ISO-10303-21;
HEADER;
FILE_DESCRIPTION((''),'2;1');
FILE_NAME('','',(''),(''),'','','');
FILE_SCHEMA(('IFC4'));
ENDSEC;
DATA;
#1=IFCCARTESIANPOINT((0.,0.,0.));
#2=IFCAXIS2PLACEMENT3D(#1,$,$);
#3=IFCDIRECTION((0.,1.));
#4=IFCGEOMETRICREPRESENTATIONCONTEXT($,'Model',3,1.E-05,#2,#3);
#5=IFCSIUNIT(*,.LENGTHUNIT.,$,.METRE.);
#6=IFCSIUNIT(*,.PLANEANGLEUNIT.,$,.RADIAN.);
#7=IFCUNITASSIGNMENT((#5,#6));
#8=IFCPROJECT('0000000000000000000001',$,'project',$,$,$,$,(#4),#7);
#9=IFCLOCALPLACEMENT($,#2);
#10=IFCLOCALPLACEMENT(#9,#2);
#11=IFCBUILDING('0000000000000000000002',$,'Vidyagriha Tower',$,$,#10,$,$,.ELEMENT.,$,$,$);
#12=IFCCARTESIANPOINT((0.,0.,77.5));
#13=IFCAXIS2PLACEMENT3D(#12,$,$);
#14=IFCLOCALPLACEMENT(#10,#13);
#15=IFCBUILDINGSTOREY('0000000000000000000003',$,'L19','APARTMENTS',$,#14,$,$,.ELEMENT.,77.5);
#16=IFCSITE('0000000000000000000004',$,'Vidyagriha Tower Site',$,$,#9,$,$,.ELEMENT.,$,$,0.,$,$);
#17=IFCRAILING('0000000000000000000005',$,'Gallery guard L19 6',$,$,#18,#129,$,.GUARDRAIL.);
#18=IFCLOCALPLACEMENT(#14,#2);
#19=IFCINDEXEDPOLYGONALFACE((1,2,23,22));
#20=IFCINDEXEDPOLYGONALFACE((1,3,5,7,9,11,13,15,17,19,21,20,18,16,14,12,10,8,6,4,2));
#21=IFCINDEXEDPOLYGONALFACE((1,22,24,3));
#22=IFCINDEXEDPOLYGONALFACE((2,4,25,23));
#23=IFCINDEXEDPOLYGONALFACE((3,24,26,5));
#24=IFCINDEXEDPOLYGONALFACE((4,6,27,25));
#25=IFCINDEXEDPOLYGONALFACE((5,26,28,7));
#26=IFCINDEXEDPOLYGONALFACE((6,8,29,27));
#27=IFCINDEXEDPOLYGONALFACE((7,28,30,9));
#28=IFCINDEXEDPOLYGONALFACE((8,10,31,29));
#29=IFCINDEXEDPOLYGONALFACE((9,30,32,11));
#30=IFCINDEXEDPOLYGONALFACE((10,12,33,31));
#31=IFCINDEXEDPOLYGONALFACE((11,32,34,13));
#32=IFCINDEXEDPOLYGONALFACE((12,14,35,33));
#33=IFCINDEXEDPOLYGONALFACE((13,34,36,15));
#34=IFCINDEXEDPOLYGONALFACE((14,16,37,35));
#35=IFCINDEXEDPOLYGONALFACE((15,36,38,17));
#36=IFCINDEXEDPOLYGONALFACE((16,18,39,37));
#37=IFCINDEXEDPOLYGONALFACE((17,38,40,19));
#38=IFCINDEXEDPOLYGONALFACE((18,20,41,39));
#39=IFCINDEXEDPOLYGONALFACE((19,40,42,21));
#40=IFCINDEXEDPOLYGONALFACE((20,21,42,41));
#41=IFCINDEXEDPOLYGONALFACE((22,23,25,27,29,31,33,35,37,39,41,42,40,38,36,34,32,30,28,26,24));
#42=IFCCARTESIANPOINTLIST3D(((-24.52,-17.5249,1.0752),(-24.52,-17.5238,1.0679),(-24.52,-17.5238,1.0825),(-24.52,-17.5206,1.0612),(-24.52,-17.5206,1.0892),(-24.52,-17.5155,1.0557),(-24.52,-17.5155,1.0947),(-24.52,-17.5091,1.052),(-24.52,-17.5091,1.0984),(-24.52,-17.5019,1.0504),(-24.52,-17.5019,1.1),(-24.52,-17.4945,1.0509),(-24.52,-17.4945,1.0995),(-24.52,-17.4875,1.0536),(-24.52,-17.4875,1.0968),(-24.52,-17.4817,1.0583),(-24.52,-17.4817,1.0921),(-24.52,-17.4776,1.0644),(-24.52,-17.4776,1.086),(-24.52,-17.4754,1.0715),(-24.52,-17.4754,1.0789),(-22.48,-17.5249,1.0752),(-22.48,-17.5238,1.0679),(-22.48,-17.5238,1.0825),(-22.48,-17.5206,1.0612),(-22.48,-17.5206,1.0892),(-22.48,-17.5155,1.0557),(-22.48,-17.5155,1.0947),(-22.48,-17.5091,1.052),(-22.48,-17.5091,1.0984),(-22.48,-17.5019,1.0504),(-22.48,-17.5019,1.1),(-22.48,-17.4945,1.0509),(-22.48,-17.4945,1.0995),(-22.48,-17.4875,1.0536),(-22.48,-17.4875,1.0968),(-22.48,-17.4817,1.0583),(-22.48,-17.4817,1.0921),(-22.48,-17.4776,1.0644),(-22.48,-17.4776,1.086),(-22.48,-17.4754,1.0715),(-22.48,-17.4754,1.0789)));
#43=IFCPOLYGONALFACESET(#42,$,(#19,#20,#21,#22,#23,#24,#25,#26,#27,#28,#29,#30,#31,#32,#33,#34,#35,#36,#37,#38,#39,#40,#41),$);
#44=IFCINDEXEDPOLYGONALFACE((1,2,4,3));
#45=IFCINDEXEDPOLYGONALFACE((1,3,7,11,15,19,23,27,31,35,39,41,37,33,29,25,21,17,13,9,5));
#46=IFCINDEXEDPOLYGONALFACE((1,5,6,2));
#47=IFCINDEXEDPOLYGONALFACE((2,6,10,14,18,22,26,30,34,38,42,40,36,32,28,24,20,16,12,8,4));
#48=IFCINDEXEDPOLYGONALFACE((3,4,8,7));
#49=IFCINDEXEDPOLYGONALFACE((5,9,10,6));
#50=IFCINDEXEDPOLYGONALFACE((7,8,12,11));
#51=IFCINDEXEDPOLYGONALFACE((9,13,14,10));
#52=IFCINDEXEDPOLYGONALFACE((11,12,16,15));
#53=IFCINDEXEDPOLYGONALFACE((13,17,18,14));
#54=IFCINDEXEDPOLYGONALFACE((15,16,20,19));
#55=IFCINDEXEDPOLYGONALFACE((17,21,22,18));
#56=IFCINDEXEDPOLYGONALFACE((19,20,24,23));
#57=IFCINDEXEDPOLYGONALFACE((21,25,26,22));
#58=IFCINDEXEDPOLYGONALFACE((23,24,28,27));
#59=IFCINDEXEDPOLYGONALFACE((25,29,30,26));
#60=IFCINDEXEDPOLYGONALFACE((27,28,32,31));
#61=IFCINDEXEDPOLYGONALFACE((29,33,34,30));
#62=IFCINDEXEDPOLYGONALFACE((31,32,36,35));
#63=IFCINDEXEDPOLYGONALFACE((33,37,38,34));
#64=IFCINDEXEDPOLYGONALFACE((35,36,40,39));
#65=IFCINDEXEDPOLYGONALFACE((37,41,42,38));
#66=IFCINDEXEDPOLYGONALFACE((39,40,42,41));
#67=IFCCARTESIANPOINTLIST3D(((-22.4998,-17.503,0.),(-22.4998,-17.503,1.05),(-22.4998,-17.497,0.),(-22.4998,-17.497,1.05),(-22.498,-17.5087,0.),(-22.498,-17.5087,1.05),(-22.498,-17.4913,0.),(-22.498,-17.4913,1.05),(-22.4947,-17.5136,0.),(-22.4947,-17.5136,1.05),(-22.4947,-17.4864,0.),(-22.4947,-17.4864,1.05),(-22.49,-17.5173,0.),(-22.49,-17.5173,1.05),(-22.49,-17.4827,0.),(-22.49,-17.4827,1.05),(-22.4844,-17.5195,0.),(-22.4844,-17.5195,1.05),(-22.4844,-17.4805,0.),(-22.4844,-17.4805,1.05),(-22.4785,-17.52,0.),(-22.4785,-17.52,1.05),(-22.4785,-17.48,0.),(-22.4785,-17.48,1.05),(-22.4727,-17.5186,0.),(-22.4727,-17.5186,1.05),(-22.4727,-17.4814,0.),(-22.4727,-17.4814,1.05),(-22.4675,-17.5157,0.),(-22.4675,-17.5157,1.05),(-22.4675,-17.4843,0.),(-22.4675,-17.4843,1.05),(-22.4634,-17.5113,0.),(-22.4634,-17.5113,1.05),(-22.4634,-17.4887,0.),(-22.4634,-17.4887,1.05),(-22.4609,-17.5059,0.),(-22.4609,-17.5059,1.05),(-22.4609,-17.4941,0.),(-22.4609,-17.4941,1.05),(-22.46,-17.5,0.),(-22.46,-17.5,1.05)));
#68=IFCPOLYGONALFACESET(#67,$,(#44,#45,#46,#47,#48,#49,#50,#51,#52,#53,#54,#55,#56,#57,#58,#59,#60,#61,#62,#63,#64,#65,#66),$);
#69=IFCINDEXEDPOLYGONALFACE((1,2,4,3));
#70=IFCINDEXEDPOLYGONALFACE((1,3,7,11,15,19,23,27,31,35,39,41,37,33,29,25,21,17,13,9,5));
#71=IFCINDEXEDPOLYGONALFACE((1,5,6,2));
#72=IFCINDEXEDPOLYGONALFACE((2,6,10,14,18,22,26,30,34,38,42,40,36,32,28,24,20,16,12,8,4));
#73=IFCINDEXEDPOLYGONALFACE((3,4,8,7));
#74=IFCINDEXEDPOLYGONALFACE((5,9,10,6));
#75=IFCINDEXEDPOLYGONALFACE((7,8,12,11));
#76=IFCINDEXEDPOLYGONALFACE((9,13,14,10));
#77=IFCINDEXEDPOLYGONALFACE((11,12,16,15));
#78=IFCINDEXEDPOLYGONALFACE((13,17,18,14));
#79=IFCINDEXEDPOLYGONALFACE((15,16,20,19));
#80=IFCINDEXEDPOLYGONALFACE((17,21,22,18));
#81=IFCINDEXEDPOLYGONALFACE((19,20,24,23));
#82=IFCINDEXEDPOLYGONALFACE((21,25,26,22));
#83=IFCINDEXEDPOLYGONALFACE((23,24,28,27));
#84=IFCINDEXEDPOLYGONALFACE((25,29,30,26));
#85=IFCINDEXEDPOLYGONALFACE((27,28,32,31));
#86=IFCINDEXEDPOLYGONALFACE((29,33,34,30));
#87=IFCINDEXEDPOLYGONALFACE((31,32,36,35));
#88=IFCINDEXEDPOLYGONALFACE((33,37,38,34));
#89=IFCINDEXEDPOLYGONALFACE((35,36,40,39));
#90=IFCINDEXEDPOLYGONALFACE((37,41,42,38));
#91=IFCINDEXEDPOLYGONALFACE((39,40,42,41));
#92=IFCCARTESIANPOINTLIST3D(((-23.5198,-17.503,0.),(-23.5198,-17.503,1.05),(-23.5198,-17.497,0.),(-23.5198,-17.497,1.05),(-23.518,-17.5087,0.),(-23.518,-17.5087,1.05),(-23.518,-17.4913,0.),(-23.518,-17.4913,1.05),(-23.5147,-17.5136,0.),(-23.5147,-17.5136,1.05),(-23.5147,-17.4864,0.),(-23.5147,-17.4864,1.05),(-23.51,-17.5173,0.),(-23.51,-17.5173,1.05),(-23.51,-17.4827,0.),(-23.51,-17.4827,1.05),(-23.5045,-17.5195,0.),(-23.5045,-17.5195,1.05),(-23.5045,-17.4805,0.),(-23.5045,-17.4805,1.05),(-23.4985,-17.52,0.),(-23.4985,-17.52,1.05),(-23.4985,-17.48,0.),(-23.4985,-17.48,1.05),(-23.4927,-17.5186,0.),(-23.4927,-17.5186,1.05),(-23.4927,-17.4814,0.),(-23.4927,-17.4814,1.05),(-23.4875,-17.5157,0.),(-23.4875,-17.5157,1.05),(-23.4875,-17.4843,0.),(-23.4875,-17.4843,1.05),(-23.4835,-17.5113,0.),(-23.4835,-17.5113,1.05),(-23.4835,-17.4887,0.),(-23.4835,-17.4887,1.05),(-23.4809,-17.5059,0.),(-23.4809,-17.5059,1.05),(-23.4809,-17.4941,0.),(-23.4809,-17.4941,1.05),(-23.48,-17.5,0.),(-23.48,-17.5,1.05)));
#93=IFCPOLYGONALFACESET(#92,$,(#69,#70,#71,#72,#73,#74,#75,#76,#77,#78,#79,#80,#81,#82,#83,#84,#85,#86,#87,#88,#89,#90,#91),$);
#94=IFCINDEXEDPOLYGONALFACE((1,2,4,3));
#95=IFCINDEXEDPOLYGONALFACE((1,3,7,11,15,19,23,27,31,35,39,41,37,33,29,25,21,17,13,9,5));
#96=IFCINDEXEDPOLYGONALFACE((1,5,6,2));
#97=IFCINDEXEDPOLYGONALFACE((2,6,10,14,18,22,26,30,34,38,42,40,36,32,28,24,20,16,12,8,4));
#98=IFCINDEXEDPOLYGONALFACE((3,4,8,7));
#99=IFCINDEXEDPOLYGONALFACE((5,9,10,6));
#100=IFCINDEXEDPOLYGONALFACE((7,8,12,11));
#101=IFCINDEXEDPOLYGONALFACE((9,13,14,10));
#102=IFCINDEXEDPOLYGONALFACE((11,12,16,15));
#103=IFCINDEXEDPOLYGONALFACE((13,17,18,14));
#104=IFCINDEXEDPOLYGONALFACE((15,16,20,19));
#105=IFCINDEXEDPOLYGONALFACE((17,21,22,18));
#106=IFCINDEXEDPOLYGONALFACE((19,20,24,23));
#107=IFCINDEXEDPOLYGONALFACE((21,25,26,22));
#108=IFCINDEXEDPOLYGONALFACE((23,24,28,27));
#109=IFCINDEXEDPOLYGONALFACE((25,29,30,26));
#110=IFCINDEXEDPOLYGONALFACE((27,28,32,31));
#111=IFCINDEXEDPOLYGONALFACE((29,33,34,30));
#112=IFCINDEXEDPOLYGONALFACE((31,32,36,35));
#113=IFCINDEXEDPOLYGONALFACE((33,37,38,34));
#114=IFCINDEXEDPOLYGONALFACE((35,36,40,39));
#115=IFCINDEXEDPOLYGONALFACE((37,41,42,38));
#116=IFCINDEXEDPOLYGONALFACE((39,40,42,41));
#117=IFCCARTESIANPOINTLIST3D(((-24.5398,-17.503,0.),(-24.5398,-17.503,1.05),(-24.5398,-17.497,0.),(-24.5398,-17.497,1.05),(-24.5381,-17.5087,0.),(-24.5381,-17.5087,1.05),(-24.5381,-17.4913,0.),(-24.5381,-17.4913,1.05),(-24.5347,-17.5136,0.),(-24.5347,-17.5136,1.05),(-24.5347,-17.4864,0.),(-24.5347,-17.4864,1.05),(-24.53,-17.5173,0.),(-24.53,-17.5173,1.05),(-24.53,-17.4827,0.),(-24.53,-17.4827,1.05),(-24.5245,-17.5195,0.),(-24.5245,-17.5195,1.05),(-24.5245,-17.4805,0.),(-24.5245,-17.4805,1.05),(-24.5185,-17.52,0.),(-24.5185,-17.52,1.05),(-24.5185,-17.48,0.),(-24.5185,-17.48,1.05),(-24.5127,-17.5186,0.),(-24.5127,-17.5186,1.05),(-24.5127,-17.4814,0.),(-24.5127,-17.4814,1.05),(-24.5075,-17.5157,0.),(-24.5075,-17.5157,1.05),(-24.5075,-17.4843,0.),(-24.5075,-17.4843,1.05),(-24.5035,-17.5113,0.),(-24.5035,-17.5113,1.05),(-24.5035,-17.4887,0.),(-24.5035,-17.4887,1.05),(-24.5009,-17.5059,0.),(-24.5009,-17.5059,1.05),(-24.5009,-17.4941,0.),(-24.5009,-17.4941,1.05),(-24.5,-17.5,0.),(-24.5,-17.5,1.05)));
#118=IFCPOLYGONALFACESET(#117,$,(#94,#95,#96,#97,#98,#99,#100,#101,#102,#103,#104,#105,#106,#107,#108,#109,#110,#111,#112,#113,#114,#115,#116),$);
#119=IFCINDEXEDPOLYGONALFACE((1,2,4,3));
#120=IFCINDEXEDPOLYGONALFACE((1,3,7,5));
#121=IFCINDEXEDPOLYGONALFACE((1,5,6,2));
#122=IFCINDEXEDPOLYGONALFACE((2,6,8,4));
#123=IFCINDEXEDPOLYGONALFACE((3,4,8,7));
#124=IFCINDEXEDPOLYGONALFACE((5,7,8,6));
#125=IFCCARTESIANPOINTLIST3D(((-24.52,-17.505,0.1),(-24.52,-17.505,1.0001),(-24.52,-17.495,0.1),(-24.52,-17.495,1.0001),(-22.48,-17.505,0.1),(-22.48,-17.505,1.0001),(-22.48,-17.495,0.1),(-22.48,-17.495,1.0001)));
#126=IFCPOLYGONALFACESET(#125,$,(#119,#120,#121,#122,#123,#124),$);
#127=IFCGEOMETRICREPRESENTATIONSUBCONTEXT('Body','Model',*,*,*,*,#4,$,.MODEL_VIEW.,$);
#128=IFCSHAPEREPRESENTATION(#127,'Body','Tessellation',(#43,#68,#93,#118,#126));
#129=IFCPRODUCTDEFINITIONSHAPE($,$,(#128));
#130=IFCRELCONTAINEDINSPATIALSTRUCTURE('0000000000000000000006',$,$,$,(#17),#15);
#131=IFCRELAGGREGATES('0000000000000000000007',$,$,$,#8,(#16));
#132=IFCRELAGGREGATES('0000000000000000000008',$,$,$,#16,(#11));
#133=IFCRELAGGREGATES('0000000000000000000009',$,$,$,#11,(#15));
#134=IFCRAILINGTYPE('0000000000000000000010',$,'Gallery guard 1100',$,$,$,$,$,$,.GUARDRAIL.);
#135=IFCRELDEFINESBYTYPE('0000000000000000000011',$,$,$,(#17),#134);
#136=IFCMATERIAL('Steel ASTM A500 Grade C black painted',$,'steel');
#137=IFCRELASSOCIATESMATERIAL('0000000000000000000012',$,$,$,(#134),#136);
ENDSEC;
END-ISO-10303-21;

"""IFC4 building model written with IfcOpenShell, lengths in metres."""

from ifc_helpers import new_model, si_unit, direction, frame, origin, origin_2d, place, context, subcontext, project, spatial, rectangle, circle, extrude, material, type_object, element, save


model = new_model("IFC4")

# Units and contexts
model_context = context("Model", 3, precision=1e-05, world=origin(), true_north=direction((0.0, 1.0)))
body_context = subcontext(model_context, "Body", "Model", "MODEL_VIEW")
ifc_project = project(units=[si_unit("LENGTHUNIT", "METRE"), si_unit("PLANEANGLEUNIT", "RADIAN")], contexts=[model_context])

# Site, building, storey
site_placement = place(None, origin())
site = spatial("IfcSite", under=ifc_project, at=site_placement, Name="Vidyagriha Tower Site", CompositionType="ELEMENT", RefElevation=0.0)
building_placement = place(site_placement, origin())
building = spatial("IfcBuilding", under=site, at=building_placement, Name="Vidyagriha Tower", CompositionType="ELEMENT")
storey_placement = place(building_placement, frame((0.0, 0.0, 77.5)))
storey = spatial("IfcBuildingStorey", under=building, at=storey_placement, Name="L19", Description="APARTMENTS", CompositionType="ELEMENT", Elevation=77.5)

# Railing
ifc_material_1 = material(Name="Steel ASTM A500 Grade C black painted", Category="steel")
railing_type_1 = type_object("IfcRailingType", Name="Gallery guard 1100", PredefinedType="GUARDRAIL", material=ifc_material_1)
railing_1_placement = place(storey_placement, frame((-22.48, -17.5, 0.0)))
element("IfcRailing", 1, at=railing_1_placement, inside=storey, type_object=railing_type_1, Name="Gallery guard L19 6", PredefinedType="GUARDRAIL", context=body_context, shape_type="SweptSolid", body=[
    extrude(circle(Radius=0.0249, at=origin_2d()), frame((0.0, 0.0, 1.0752), z_axis=(-1.0, 0.0, 0.0), x_axis=(0.0, -1.0, 0.0)), (0.0, 0.0, 1.0), 2.04),
    extrude(circle(Radius=0.02, at=origin_2d()), origin(), (0.0, 0.0, 1.0), 1.05),
    extrude(circle(Radius=0.02, at=origin_2d()), frame((-1.02, 0.0, 0.0)), (0.0, 0.0, 1.0), 1.05),
    extrude(circle(Radius=0.02, at=origin_2d()), frame((-2.04, 0.0, 0.0)), (0.0, 0.0, 1.0), 1.05),
    extrude(rectangle(XDim=0.01, YDim=0.9001, at=origin_2d()), frame((0.0, 0.0, 0.55), z_axis=(-1.0, 0.0, 0.0), x_axis=(0.0, -1.0, 0.0)), (0.0, 0.0, 1.0), 2.04),
])

save(model, "model.ifc")
